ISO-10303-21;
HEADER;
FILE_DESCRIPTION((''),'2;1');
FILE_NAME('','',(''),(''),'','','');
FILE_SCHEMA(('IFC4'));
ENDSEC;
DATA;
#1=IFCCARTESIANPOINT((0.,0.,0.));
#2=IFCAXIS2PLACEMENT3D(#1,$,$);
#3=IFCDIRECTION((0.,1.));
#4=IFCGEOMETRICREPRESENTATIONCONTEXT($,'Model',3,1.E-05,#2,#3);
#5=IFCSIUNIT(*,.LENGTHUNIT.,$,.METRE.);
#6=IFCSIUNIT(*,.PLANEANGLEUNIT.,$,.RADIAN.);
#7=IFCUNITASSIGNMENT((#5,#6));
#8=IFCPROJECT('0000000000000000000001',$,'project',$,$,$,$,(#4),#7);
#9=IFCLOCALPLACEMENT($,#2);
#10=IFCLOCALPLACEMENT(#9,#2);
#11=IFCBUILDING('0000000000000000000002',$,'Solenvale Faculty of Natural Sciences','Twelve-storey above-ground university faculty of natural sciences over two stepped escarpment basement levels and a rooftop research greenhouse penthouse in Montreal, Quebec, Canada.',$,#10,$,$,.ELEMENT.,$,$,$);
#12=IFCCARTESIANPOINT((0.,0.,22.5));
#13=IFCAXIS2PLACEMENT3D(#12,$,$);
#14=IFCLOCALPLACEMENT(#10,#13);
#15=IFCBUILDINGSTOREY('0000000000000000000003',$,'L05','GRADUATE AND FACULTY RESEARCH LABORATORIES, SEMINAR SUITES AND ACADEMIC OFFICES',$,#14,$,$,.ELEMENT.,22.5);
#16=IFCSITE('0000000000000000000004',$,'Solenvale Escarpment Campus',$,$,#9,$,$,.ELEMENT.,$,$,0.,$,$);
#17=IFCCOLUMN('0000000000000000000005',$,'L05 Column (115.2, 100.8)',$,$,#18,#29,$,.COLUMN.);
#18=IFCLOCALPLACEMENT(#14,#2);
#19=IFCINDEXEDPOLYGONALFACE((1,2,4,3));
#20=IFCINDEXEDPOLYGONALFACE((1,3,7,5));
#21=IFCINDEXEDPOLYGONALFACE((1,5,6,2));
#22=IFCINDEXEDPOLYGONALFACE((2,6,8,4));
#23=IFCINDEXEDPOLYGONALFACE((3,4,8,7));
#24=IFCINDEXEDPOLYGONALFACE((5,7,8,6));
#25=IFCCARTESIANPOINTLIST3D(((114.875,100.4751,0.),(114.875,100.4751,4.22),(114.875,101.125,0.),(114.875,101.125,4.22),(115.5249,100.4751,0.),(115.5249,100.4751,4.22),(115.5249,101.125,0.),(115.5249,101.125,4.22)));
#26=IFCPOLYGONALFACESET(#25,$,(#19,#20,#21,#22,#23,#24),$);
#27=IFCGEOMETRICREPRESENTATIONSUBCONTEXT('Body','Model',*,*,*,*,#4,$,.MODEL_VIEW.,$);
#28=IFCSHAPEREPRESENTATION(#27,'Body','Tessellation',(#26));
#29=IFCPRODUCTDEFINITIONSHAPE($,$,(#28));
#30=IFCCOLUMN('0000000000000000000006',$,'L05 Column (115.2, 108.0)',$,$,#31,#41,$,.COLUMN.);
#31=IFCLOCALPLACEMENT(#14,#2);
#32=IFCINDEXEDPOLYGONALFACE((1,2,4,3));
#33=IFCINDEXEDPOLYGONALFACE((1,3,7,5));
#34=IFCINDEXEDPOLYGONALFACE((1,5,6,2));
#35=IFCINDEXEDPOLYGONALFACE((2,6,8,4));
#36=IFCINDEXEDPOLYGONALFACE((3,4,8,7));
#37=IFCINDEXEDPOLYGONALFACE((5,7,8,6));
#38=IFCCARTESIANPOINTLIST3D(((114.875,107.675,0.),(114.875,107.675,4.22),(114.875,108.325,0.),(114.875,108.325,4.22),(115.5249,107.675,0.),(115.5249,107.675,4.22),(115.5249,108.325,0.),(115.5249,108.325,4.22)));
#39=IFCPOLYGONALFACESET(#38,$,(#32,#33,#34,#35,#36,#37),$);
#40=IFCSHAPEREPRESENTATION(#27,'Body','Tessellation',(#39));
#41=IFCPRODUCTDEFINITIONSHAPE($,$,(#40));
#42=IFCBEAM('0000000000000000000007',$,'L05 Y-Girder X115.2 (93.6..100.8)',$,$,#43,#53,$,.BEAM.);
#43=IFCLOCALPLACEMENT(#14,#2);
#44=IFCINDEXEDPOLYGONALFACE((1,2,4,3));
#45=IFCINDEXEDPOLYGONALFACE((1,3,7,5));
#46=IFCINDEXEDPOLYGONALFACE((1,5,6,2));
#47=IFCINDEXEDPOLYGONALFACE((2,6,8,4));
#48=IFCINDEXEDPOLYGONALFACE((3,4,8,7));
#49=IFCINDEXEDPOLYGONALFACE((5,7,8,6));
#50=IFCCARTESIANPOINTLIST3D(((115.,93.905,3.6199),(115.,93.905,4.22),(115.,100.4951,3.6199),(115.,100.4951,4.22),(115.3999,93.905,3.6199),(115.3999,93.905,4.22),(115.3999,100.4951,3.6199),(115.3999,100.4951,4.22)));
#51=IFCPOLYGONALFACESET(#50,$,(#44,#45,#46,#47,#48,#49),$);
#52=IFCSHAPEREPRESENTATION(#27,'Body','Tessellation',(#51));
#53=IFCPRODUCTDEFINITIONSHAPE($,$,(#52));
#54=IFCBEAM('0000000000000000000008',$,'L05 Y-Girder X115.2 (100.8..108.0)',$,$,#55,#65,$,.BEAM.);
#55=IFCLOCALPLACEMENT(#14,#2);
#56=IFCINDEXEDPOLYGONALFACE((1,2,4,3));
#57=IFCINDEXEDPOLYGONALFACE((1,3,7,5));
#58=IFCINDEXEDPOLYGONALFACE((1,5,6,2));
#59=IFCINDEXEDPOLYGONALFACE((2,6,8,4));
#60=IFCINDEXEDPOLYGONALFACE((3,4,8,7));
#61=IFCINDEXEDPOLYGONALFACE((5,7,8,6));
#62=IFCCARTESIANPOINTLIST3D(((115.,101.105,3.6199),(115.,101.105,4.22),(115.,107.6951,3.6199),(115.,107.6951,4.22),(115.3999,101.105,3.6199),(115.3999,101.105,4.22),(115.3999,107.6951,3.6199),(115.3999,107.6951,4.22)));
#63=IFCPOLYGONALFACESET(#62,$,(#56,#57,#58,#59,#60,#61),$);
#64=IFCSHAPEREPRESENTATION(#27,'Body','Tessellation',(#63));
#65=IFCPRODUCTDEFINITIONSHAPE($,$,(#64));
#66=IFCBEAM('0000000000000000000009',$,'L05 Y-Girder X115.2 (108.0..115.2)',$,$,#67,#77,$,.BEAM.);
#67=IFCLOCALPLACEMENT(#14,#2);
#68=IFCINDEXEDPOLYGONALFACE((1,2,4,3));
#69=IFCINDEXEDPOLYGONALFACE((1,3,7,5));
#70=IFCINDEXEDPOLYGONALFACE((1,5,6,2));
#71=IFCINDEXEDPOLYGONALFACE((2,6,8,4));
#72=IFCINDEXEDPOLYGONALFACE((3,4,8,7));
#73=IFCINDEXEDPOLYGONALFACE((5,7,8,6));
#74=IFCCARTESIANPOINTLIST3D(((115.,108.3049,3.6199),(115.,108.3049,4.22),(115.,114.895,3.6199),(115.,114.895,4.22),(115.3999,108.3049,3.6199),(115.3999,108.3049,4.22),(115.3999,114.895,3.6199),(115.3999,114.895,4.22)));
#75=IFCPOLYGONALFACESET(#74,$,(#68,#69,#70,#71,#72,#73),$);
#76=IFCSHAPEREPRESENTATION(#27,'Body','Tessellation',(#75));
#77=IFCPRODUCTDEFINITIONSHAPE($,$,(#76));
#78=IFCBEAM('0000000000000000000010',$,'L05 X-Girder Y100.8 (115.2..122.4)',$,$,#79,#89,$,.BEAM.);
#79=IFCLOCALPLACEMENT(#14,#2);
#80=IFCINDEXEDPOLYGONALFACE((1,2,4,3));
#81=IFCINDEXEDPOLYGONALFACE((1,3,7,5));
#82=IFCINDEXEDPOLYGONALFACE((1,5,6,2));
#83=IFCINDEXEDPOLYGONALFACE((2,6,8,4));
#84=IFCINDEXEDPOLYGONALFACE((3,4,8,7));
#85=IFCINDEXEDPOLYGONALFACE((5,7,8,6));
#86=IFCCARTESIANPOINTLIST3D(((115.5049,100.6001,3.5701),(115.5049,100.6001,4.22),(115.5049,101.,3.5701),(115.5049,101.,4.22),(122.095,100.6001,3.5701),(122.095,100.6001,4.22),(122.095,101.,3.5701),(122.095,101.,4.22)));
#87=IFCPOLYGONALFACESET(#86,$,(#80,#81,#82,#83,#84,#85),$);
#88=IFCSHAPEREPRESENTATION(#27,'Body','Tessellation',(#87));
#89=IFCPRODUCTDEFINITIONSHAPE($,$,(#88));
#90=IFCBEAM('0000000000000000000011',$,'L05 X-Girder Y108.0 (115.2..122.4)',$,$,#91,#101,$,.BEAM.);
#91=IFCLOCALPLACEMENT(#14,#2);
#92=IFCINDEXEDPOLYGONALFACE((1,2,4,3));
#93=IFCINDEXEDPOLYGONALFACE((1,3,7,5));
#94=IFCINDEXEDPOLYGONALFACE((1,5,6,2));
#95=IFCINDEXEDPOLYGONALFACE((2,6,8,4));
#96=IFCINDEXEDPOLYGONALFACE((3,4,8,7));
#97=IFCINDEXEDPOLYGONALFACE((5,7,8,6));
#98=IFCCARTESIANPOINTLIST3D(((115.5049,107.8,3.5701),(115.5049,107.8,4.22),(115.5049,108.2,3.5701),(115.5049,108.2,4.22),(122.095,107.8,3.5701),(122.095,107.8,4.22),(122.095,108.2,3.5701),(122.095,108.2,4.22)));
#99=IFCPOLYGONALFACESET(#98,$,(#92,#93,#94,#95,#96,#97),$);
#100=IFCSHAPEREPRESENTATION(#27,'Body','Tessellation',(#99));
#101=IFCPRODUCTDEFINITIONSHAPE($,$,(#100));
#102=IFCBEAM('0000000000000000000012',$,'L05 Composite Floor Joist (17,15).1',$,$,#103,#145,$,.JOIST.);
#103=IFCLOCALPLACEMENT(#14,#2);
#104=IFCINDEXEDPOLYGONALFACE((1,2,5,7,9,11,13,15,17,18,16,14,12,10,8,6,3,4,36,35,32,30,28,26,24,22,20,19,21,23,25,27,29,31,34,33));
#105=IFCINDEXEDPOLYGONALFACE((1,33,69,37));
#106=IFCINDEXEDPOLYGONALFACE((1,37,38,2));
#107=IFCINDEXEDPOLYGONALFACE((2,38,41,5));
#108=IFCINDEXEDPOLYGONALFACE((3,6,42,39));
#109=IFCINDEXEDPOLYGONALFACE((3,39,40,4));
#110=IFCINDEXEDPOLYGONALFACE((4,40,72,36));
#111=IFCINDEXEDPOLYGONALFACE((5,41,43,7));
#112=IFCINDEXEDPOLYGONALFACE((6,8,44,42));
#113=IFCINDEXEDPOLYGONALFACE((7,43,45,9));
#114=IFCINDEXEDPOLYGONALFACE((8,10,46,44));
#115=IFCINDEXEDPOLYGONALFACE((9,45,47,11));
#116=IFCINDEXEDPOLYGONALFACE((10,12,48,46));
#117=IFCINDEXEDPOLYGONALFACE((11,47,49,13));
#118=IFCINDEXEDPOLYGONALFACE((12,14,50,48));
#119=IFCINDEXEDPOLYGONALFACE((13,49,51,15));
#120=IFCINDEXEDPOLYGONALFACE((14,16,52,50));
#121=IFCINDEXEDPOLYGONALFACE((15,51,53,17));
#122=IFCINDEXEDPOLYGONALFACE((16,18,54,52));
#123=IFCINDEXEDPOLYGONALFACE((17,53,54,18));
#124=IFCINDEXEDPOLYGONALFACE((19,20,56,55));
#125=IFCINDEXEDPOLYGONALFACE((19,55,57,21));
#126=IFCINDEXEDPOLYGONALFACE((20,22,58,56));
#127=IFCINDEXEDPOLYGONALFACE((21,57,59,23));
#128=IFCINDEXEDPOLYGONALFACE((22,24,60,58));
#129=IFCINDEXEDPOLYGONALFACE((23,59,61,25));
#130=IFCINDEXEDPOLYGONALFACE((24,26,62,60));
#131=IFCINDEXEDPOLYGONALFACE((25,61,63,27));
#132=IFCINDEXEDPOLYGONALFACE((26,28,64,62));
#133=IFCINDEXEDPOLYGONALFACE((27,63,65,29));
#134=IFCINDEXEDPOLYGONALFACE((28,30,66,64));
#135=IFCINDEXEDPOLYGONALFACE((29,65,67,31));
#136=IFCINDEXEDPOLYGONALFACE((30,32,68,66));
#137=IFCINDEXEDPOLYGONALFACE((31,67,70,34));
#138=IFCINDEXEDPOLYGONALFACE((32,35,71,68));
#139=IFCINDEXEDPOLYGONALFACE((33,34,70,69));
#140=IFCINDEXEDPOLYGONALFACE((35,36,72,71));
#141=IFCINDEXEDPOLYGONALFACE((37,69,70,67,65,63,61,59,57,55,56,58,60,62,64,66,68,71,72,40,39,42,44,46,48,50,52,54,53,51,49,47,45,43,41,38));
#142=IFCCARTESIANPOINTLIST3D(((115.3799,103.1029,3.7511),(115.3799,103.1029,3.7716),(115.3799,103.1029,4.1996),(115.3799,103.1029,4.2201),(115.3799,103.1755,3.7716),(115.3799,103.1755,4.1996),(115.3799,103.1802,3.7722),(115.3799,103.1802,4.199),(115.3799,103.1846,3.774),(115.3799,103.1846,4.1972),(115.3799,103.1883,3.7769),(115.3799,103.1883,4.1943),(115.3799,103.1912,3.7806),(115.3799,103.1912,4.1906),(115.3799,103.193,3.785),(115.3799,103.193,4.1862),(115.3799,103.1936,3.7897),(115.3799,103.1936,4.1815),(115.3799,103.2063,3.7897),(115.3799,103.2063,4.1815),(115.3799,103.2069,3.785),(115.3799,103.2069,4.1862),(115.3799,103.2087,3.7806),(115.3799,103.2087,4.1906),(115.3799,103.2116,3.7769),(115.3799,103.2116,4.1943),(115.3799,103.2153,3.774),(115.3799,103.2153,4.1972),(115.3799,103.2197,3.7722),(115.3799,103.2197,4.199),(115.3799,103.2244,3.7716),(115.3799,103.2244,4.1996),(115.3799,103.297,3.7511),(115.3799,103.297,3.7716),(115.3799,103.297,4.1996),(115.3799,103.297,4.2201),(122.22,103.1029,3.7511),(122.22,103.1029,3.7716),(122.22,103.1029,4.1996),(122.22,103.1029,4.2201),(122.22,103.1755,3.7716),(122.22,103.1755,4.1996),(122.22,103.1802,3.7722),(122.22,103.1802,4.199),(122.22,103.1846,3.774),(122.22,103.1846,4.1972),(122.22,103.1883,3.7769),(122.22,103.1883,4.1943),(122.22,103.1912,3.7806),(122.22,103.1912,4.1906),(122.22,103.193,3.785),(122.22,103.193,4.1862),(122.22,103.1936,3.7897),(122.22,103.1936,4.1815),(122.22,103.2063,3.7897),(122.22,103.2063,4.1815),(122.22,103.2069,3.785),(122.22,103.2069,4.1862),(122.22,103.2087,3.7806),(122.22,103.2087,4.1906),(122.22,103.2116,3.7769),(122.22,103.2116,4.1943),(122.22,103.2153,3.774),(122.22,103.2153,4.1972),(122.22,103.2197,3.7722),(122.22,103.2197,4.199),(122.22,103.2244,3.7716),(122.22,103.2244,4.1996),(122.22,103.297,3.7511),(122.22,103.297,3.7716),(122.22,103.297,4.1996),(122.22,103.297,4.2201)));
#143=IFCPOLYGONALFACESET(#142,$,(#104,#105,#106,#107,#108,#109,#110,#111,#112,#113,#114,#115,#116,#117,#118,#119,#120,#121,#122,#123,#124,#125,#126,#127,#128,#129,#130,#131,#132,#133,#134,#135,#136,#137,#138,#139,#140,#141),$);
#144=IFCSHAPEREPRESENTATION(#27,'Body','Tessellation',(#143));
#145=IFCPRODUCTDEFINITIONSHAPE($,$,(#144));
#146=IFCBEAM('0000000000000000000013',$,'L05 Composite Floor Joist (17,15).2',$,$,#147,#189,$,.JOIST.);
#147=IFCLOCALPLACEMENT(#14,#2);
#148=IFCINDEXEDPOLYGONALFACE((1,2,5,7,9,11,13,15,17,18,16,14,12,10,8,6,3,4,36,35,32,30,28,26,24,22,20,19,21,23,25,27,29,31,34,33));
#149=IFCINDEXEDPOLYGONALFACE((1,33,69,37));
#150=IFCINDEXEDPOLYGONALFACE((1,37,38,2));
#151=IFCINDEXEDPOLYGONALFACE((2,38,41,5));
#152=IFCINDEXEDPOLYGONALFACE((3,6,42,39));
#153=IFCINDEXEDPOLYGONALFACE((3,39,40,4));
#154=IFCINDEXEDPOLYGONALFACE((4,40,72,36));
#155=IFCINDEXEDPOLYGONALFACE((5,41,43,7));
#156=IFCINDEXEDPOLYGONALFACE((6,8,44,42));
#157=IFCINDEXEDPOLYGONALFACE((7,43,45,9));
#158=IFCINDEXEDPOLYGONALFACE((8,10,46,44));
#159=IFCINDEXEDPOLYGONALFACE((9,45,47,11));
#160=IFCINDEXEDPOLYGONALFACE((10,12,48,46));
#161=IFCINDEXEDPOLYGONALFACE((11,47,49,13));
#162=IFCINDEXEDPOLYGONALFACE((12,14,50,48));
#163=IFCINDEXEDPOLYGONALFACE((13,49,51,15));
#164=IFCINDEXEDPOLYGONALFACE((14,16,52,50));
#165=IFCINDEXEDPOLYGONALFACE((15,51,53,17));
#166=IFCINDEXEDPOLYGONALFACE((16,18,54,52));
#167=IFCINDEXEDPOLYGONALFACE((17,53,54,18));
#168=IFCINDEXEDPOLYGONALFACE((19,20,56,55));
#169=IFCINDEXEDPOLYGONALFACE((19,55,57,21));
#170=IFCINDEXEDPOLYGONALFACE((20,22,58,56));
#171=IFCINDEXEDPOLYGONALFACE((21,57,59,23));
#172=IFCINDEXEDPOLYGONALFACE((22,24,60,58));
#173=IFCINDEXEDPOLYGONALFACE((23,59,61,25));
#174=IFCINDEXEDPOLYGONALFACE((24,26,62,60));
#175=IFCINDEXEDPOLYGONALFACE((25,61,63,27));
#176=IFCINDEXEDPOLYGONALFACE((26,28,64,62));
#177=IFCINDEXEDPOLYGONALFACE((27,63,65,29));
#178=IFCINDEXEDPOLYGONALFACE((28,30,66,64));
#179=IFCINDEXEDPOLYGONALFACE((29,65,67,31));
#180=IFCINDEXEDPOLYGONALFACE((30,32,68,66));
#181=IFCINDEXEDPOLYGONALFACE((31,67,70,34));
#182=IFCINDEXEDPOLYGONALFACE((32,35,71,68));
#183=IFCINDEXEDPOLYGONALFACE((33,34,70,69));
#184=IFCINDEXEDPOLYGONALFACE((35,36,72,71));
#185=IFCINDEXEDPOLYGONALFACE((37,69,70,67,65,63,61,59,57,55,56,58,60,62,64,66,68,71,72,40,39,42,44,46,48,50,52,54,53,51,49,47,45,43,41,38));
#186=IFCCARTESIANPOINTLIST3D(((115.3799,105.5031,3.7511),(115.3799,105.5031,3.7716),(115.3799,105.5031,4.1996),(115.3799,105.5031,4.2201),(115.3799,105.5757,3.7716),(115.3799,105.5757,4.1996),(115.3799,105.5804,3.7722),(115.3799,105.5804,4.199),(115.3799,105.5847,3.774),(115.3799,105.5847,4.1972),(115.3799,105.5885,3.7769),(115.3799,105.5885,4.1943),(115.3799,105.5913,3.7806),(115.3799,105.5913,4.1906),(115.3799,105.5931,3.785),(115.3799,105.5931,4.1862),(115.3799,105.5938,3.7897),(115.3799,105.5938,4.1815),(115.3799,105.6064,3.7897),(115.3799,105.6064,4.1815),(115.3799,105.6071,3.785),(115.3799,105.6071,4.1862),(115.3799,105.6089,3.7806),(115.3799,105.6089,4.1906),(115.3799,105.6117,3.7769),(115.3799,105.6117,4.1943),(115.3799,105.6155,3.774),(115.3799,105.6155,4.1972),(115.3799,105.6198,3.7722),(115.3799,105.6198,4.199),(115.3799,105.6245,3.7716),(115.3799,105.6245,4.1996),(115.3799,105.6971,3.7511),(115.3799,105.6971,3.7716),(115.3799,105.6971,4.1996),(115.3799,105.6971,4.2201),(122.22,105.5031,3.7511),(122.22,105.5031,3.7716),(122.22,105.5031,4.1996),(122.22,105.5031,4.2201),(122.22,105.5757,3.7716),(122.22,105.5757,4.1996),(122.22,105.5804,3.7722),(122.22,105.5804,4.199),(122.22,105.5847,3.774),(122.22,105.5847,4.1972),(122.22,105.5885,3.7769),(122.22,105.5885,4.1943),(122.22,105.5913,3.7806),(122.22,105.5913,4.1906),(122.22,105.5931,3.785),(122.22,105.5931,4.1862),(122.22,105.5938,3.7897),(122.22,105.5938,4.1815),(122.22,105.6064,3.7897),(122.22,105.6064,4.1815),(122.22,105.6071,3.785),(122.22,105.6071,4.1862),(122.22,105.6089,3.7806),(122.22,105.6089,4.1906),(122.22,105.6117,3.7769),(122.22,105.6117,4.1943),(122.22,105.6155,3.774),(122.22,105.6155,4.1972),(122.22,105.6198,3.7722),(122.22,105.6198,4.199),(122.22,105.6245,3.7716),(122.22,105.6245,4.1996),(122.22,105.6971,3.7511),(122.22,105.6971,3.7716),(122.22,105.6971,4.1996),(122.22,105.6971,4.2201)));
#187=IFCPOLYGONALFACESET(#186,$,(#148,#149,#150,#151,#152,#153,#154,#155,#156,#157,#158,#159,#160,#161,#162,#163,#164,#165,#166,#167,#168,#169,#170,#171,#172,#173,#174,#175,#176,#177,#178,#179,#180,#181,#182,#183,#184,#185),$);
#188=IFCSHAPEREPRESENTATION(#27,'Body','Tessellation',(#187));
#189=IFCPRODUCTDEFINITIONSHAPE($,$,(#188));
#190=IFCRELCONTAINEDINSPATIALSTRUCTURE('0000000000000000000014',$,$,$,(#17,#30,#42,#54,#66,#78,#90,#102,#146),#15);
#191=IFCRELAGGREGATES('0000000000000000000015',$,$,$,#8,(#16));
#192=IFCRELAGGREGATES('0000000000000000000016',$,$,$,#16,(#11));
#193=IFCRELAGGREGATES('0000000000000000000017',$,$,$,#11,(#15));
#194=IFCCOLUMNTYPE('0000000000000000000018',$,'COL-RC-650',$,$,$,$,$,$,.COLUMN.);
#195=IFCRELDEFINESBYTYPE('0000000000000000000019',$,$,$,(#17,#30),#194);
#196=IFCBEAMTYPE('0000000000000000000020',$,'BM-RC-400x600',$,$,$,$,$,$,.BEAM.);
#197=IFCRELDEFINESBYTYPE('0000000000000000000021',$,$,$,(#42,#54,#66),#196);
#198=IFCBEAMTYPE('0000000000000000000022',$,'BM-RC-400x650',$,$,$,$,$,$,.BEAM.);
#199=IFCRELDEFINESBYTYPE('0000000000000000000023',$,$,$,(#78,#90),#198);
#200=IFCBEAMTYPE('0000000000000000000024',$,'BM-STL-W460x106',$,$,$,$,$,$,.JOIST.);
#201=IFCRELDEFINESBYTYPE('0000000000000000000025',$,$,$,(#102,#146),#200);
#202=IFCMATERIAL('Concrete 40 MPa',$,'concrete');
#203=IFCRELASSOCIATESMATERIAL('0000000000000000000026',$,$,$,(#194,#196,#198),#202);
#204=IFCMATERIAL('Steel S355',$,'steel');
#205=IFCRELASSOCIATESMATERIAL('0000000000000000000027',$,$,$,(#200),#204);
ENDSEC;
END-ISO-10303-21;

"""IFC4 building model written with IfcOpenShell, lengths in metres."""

from ifc_helpers import new_model, si_unit, direction, frame, origin, origin_2d, place, context, subcontext, project, spatial, rectangle, i_section, extrude, material, material_profile, profile_set, type_object, element, save


model = new_model("IFC4")

# Units and contexts
model_context = context("Model", 3, precision=1e-05, world=origin(), true_north=direction((0.0, 1.0)))
body_context = subcontext(model_context, "Body", "Model", "MODEL_VIEW")
ifc_project = project(units=[si_unit("LENGTHUNIT", "METRE"), si_unit("PLANEANGLEUNIT", "RADIAN")], contexts=[model_context])

# Site, building, storey
site_placement = place(None, origin())
site = spatial("IfcSite", under=ifc_project, at=site_placement, Name="Solenvale Escarpment Campus", CompositionType="ELEMENT", RefElevation=0.0)
building_placement = place(site_placement, origin())
building = spatial("IfcBuilding", under=site, at=building_placement, Name="Solenvale Faculty of Natural Sciences", Description="Twelve-storey above-ground university faculty of natural sciences over two stepped escarpment basement levels and a rooftop research greenhouse penthouse in Montreal, Quebec, Canada.", CompositionType="ELEMENT")
storey_placement = place(building_placement, frame((0.0, 0.0, 22.5)))
storey = spatial("IfcBuildingStorey", under=building, at=storey_placement, Name="L05", Description="GRADUATE AND FACULTY RESEARCH LABORATORIES, SEMINAR SUITES AND ACADEMIC OFFICES", CompositionType="ELEMENT", Elevation=22.5)

# Columns
ifc_material_1 = material(Name="Concrete 40 MPa", Category="concrete")
ifc_material_profile_1 = material_profile(ifc_material_1, rectangle(XDim=0.6499, YDim=0.6499, at=origin_2d()), Name="RC-COL-650x650")
ifc_profile_set_1 = profile_set([ifc_material_profile_1], Name="Concrete 40 MPa")
column_type = type_object("IfcColumnType", Name="COL-RC-650", PredefinedType="COLUMN", material=ifc_profile_set_1)
for number, where, z_axis, x_axis, name in (
    (1, (115.2, 100.8, 0.0), (0.0, 0.0, 1.0), (1.0, 0.0, 0.0), "L05 Column (115.2, 100.8)"),
    (2, (115.2, 108.0, 0.0), (0.0, 0.0, 1.0), (1.0, 0.0, 0.0), "L05 Column (115.2, 108.0)"),
):
    element("IfcColumn", number, at=place(storey_placement, frame(where, z_axis=z_axis, x_axis=x_axis)), inside=storey, type_object=column_type, Name=name, PredefinedType="COLUMN", context=body_context, shape_type="SweptSolid", body=[
        extrude(rectangle(XDim=0.6499, YDim=0.6499, at=origin_2d()), origin(), (0.0, 0.0, 1.0), 4.22),
    ])

# Beams
ifc_material_profile_2 = material_profile(ifc_material_1, rectangle(XDim=0.3999, YDim=0.6001, at=origin_2d()), Name="RC-BM-400x600")
ifc_profile_set_2 = profile_set([ifc_material_profile_2], Name="Concrete 40 MPa")
beam_type_1 = type_object("IfcBeamType", Name="BM-RC-400x600", PredefinedType="BEAM", material=ifc_profile_set_2)
for number, where, z_axis, x_axis, name in (
    (3, (115.2, 93.905, 3.9199), (0.0, 1.0, 0.0), (-1.0, 0.0, 0.0), "L05 Y-Girder X115.2 (93.6..100.8)"),
    (4, (115.2, 101.105, 3.9199), (0.0, 1.0, 0.0), (-1.0, 0.0, 0.0), "L05 Y-Girder X115.2 (100.8..108.0)"),
    (5, (115.2, 108.3049, 3.9199), (0.0, 1.0, 0.0), (-1.0, 0.0, 0.0), "L05 Y-Girder X115.2 (108.0..115.2)"),
):
    element("IfcBeam", number, at=place(storey_placement, frame(where, z_axis=z_axis, x_axis=x_axis)), inside=storey, type_object=beam_type_1, Name=name, PredefinedType="BEAM", context=body_context, shape_type="SweptSolid", body=[
        extrude(rectangle(XDim=0.3999, YDim=0.6001, at=origin_2d()), origin(), (0.0, 0.0, 1.0), 6.5901),
    ])
ifc_material_profile_3 = material_profile(ifc_material_1, rectangle(XDim=0.3999, YDim=0.6499, at=origin_2d()), Name="RC-BM-400x650")
ifc_profile_set_3 = profile_set([ifc_material_profile_3], Name="Concrete 40 MPa")
beam_type_2 = type_object("IfcBeamType", Name="BM-RC-400x650", PredefinedType="BEAM", material=ifc_profile_set_3)
for number, where, z_axis, x_axis, name in (
    (6, (115.5049, 100.8, 3.895), (1.0, 0.0, 0.0), (0.0, 1.0, 0.0), "L05 X-Girder Y100.8 (115.2..122.4)"),
    (7, (115.5049, 108.0, 3.895), (1.0, 0.0, 0.0), (0.0, 1.0, 0.0), "L05 X-Girder Y108.0 (115.2..122.4)"),
):
    element("IfcBeam", number, at=place(storey_placement, frame(where, z_axis=z_axis, x_axis=x_axis)), inside=storey, type_object=beam_type_2, Name=name, PredefinedType="BEAM", context=body_context, shape_type="SweptSolid", body=[
        extrude(rectangle(XDim=0.3999, YDim=0.6499, at=origin_2d()), origin(), (0.0, 0.0, 1.0), 6.5901),
    ])
ifc_material_2 = material(Name="Steel S355", Category="steel")
ifc_material_profile_4 = material_profile(ifc_material_2, i_section(OverallWidth=0.1941, OverallDepth=0.469, WebThickness=0.0127, FlangeThickness=0.0205, FilletRadius=0.0181, at=origin_2d()), Name="W460x106")
ifc_profile_set_4 = profile_set([ifc_material_profile_4], Name="Steel S355")
beam_type_3 = type_object("IfcBeamType", Name="BM-STL-W460x106", PredefinedType="JOIST", material=ifc_profile_set_4)
for number, where, z_axis, x_axis, name in (
    (8, (115.3799, 103.2, 3.9856), (1.0, 0.0, 0.0), (0.0, 1.0, 0.0), "L05 Composite Floor Joist (17,15).1"),
    (9, (115.3799, 105.6001, 3.9856), (1.0, 0.0, 0.0), (0.0, 1.0, 0.0), "L05 Composite Floor Joist (17,15).2"),
):
    element("IfcBeam", number, at=place(storey_placement, frame(where, z_axis=z_axis, x_axis=x_axis)), inside=storey, type_object=beam_type_3, Name=name, PredefinedType="JOIST", context=body_context, shape_type="SweptSolid", body=[
        extrude(i_section(OverallWidth=0.1941, OverallDepth=0.469, WebThickness=0.0127, FlangeThickness=0.0205, FilletRadius=0.0181, at=origin_2d()), origin(), (0.0, 0.0, 1.0), 6.8401),
    ])

save(model, "model.ifc")
